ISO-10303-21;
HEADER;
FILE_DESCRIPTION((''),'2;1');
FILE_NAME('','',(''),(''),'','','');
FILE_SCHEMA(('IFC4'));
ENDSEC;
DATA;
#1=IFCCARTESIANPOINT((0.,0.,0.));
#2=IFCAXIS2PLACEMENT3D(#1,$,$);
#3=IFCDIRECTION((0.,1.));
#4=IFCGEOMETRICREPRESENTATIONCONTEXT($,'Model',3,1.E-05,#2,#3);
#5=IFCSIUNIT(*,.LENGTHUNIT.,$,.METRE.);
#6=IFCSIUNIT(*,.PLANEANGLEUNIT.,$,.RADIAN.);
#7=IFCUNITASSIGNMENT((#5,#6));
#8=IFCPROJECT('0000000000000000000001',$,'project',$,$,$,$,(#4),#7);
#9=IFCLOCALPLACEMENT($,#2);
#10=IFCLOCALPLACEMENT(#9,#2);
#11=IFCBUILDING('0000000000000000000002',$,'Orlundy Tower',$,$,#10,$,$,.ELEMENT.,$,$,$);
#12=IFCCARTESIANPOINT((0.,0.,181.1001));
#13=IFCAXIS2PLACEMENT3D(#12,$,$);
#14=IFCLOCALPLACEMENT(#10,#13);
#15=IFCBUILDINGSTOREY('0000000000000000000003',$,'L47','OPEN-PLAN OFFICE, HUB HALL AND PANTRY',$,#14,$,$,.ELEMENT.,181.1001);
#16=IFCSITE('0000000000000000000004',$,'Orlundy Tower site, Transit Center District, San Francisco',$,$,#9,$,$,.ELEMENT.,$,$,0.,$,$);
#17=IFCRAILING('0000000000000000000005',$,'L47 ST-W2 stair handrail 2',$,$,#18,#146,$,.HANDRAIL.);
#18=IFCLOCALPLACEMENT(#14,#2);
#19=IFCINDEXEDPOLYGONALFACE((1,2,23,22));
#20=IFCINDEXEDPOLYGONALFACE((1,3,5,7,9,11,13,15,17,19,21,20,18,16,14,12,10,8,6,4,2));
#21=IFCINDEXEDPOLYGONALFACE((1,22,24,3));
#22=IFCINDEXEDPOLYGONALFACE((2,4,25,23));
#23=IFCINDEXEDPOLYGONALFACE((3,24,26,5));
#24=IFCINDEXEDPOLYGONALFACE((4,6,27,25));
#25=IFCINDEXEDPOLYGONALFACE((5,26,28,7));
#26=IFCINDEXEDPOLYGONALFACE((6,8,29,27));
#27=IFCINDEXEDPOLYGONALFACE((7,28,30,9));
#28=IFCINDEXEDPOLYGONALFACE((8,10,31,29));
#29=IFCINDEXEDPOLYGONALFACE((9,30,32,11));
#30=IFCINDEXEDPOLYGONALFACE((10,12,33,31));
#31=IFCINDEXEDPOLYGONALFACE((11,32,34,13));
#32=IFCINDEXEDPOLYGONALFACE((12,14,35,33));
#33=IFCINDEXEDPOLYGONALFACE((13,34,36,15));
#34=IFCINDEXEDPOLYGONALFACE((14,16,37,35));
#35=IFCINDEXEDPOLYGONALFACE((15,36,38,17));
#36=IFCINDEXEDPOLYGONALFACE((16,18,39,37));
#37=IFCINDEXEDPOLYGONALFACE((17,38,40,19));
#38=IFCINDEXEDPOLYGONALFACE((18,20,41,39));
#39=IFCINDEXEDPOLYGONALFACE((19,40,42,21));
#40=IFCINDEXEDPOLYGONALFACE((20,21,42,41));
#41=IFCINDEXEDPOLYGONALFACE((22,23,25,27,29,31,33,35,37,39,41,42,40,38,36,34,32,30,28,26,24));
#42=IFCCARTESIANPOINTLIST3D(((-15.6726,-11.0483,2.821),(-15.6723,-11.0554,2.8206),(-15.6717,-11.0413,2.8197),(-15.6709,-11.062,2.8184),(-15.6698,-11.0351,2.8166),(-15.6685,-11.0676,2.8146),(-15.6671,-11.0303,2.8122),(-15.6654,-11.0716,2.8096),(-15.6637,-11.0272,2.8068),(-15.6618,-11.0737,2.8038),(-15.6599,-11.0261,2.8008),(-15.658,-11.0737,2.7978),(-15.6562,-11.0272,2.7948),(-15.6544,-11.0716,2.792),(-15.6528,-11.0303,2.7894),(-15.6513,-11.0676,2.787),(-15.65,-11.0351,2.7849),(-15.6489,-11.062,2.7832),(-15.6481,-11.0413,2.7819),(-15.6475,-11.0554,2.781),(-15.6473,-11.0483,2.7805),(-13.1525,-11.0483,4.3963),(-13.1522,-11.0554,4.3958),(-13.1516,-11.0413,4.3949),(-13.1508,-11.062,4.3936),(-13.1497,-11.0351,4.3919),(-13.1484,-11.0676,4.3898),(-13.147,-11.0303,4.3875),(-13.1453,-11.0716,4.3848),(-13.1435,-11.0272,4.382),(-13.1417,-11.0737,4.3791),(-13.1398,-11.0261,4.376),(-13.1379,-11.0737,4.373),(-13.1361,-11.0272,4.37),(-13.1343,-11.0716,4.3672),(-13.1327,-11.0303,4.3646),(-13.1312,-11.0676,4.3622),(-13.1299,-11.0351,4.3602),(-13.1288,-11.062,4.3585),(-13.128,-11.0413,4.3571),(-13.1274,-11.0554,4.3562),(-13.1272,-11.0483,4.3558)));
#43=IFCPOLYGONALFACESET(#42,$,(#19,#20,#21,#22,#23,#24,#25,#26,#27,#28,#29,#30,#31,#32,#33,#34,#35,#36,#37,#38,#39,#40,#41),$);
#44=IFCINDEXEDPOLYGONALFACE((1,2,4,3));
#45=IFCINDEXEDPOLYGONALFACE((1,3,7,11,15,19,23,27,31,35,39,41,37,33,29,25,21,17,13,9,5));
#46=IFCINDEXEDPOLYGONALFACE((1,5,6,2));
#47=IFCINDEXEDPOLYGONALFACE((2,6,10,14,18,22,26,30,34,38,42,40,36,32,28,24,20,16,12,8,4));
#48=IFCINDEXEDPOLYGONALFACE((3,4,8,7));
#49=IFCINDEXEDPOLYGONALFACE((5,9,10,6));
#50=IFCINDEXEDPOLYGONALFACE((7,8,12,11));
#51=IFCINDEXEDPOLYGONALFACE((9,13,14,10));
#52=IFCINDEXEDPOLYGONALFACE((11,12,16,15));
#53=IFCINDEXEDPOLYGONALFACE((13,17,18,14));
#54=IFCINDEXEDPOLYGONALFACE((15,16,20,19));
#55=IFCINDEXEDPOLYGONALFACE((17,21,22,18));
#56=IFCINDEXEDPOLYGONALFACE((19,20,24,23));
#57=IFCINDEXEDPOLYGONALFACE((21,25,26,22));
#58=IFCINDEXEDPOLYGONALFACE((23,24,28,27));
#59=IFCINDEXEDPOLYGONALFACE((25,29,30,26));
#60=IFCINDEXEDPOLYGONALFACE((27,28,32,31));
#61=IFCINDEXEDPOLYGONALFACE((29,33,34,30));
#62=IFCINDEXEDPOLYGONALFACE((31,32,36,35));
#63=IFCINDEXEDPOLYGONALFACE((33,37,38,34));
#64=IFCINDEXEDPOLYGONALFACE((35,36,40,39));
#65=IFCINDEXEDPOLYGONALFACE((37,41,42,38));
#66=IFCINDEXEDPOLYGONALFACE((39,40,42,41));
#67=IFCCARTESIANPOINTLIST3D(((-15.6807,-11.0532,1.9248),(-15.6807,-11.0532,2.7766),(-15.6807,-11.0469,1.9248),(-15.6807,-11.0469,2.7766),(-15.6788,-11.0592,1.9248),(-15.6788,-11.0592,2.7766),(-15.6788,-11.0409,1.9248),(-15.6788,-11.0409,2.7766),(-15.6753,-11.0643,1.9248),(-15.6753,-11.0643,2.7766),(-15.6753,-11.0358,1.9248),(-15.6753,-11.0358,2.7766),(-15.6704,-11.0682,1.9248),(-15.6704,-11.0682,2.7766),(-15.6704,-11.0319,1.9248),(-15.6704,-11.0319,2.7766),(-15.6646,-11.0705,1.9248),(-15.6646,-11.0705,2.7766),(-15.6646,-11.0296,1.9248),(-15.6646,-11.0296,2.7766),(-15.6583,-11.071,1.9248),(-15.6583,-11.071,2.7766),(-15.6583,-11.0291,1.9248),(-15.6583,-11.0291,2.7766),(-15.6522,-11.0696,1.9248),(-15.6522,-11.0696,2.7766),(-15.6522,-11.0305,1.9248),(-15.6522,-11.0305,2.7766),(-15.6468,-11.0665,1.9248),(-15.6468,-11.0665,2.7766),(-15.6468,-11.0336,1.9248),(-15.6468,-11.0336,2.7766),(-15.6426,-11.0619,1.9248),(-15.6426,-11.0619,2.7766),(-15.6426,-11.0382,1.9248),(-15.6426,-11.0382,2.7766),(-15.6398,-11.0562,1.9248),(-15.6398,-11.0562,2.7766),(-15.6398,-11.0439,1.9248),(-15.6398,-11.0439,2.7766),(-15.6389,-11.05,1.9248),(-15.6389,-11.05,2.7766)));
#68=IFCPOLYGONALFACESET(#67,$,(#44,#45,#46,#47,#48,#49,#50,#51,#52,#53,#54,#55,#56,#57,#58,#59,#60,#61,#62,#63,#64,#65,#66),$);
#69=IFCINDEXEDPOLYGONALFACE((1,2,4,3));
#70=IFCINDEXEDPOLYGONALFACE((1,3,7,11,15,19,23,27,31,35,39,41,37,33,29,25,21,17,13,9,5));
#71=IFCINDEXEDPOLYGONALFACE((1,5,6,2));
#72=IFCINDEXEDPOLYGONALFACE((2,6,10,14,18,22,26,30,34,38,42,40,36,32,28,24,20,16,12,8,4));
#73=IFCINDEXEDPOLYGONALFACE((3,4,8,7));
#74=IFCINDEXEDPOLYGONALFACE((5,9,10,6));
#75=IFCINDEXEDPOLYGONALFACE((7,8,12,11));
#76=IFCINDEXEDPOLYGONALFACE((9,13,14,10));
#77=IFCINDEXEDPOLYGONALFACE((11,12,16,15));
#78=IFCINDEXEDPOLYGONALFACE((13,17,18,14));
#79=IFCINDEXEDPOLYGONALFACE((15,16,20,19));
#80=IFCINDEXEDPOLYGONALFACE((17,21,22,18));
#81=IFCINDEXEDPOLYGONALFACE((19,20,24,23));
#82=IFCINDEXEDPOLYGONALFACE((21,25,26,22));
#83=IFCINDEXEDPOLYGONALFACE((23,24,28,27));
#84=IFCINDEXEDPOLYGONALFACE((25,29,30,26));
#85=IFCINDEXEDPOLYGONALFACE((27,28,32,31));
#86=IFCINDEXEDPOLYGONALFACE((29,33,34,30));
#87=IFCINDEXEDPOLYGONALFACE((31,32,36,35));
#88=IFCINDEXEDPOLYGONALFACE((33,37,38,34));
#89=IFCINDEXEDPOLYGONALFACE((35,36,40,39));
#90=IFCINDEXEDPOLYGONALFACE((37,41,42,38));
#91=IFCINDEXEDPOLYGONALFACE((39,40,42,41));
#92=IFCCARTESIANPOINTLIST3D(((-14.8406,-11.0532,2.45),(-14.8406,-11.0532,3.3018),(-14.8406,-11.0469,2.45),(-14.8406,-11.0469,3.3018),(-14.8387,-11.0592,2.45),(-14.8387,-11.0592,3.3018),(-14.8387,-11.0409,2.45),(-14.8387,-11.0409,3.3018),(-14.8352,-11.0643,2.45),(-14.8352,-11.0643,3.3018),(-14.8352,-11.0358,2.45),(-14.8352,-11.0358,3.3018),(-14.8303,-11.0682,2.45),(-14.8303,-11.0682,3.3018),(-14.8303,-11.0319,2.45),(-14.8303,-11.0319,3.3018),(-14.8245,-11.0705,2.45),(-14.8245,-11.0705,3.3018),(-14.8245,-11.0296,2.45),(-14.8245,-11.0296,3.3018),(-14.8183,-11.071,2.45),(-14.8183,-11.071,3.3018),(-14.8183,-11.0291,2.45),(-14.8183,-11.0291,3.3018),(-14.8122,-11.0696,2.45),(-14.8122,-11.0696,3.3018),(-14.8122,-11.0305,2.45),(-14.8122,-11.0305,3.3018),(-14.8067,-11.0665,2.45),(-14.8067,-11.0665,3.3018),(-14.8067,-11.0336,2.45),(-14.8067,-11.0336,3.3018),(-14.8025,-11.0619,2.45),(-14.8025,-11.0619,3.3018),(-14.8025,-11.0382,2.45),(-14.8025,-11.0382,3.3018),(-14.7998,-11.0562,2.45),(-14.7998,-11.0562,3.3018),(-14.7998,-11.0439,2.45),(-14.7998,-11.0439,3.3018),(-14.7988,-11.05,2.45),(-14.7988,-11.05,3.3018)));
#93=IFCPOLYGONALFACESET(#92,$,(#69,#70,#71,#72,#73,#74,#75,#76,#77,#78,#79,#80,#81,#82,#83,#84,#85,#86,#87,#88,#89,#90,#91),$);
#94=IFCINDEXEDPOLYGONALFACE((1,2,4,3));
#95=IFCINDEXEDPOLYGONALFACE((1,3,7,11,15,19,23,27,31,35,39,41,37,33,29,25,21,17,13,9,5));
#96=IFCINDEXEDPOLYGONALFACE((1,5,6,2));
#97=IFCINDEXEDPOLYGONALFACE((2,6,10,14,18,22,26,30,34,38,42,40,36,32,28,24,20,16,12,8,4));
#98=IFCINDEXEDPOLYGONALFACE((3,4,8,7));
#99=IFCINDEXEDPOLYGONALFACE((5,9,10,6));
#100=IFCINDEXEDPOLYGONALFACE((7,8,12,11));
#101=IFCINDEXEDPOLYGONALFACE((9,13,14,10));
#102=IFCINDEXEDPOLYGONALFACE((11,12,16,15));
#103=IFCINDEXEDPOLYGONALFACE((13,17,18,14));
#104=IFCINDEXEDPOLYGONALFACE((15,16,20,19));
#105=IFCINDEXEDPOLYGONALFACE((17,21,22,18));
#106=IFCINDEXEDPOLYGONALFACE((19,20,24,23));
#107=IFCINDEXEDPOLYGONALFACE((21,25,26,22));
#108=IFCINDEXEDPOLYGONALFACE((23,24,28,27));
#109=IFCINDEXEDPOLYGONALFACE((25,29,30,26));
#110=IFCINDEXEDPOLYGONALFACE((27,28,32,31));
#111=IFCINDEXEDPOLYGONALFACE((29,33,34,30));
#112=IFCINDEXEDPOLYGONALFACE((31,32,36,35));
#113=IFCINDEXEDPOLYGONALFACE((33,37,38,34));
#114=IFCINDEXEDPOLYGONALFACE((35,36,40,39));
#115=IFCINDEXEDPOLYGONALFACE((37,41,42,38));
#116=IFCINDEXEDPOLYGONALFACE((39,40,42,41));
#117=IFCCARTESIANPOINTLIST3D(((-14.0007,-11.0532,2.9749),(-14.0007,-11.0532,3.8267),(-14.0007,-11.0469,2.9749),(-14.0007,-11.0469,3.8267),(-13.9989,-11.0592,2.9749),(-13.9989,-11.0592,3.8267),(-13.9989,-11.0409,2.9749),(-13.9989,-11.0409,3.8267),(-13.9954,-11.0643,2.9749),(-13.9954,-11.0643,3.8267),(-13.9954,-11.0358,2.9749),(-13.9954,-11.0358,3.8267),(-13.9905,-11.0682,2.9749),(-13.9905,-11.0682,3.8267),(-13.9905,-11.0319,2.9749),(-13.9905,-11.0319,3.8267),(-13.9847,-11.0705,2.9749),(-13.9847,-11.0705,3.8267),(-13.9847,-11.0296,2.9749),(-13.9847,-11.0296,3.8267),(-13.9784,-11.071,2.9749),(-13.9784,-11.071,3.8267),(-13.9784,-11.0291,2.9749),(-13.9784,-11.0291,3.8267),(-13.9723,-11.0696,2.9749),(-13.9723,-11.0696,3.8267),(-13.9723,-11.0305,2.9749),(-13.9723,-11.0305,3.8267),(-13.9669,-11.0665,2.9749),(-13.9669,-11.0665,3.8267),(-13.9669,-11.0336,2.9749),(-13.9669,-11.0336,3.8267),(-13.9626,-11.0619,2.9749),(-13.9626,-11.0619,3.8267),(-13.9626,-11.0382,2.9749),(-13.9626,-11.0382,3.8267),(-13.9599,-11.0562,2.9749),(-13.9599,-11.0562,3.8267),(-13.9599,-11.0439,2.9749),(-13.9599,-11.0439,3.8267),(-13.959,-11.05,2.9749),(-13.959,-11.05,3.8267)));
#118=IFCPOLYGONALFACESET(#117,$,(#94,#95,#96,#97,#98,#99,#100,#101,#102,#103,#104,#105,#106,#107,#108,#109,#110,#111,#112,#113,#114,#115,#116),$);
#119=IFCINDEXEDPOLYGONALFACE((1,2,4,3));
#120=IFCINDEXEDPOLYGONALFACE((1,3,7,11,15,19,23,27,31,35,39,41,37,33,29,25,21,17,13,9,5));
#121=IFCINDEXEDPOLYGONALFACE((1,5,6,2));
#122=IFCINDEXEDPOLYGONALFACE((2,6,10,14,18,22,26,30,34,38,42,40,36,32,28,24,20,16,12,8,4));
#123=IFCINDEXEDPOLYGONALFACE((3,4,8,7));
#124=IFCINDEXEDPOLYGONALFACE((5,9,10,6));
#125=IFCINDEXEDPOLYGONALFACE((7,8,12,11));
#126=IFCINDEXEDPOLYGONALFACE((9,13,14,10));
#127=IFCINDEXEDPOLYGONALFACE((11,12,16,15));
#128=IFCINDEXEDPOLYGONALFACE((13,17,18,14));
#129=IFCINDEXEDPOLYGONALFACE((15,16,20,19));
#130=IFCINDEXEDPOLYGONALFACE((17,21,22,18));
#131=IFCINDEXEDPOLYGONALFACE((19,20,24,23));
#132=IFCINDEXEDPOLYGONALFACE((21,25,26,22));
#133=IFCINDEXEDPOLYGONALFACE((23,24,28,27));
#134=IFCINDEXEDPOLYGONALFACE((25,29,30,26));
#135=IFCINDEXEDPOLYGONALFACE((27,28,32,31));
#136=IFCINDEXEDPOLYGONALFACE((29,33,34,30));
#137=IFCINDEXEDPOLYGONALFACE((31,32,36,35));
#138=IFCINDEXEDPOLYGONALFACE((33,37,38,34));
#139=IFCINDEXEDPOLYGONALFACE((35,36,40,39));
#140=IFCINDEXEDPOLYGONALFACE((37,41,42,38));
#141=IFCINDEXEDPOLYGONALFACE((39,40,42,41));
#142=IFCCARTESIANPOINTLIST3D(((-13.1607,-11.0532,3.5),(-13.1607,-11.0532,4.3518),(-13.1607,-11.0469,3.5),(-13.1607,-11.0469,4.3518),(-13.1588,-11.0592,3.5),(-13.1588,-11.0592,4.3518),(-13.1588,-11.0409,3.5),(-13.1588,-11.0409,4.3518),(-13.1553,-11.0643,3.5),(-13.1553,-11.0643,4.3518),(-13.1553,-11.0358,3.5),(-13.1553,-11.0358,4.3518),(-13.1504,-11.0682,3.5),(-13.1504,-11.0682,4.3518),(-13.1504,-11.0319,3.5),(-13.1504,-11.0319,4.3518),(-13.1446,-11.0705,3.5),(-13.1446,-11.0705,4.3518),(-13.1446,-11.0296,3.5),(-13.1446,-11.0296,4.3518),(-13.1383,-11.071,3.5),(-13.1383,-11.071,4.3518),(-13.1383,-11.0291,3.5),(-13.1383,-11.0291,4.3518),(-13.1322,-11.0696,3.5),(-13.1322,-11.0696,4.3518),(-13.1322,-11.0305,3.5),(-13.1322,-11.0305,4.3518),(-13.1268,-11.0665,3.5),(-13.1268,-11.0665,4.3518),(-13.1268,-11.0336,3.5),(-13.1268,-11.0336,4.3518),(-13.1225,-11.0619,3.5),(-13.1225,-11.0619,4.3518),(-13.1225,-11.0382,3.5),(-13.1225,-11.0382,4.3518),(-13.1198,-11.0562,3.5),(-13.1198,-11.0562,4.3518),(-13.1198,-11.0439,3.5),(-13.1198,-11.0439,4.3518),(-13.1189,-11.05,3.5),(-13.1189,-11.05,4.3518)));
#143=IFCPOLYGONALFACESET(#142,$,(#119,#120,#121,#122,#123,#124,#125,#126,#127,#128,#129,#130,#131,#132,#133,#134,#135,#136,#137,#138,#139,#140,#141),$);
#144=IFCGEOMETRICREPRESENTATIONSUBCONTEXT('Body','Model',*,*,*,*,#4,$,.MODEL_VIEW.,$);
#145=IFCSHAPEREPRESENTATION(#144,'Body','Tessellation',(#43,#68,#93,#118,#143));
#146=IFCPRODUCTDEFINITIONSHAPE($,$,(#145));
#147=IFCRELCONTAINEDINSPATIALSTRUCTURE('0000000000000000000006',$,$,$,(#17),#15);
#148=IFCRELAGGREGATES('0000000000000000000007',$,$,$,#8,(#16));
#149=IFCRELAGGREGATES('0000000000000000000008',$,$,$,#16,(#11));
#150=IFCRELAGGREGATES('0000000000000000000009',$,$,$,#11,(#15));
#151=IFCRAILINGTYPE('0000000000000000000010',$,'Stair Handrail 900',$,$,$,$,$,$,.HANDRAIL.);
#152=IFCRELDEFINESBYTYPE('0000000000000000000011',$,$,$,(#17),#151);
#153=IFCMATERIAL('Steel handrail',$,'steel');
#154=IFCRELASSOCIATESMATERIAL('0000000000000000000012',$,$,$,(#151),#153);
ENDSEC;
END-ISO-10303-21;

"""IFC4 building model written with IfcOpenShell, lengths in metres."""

from ifc_helpers import new_model, si_unit, direction, frame, origin, origin_2d, place, context, subcontext, project, spatial, circle, extrude, material, type_object, element, save


model = new_model("IFC4")

# Units and contexts
model_context = context("Model", 3, precision=1e-05, world=origin(), true_north=direction((0.0, 1.0)))
body_context = subcontext(model_context, "Body", "Model", "MODEL_VIEW")
ifc_project = project(units=[si_unit("LENGTHUNIT", "METRE"), si_unit("PLANEANGLEUNIT", "RADIAN")], contexts=[model_context])

# Site, building, storey
site_placement = place(None, origin())
site = spatial("IfcSite", under=ifc_project, at=site_placement, Name="Orlundy Tower site, Transit Center District, San Francisco", CompositionType="ELEMENT", RefElevation=0.0)
building_placement = place(site_placement, origin())
building = spatial("IfcBuilding", under=site, at=building_placement, Name="Orlundy Tower", CompositionType="ELEMENT")
storey_placement = place(building_placement, frame((0.0, 0.0, 181.1001)))
storey = spatial("IfcBuildingStorey", under=building, at=storey_placement, Name="L47", Description="OPEN-PLAN OFFICE, HUB HALL AND PANTRY", CompositionType="ELEMENT", Elevation=181.1001)

# Railing
ifc_material_1 = material(Name="Steel handrail", Category="steel")
railing_type = type_object("IfcRailingType", Name="Stair Handrail 900", PredefinedType="HANDRAIL", material=ifc_material_1)
railing_placement = place(storey_placement, frame((-15.6599, -11.05, 1.9248)))
element("IfcRailing", 1, at=railing_placement, inside=storey, type_object=railing_type, Name="L47 ST-W2 stair handrail 2", PredefinedType="HANDRAIL", context=body_context, shape_type="SweptSolid", body=[
    extrude(circle(Radius=0.0239, at=origin_2d()), frame((0.0, 0.0, 0.876), z_axis=(0.847971, 0.0, 0.530043), x_axis=(0.0, 1.0, 0.0)), (0.0, 0.0, 1.0), 2.9719),
    extrude(circle(Radius=0.021, at=origin_2d()), origin(), (0.0, 0.0, 1.0), 0.8518),
    extrude(circle(Radius=0.021, at=origin_2d()), frame((0.8401, 0.0, 0.5251)), (0.0, 0.0, 1.0), 0.8518),
    extrude(circle(Radius=0.021, at=origin_2d()), frame((1.6799, 0.0, 1.05)), (0.0, 0.0, 1.0), 0.8518),
    extrude(circle(Radius=0.021, at=origin_2d()), frame((2.52, 0.0, 1.5752)), (0.0, 0.0, 1.0), 0.8518),
])

save(model, "model.ifc")
